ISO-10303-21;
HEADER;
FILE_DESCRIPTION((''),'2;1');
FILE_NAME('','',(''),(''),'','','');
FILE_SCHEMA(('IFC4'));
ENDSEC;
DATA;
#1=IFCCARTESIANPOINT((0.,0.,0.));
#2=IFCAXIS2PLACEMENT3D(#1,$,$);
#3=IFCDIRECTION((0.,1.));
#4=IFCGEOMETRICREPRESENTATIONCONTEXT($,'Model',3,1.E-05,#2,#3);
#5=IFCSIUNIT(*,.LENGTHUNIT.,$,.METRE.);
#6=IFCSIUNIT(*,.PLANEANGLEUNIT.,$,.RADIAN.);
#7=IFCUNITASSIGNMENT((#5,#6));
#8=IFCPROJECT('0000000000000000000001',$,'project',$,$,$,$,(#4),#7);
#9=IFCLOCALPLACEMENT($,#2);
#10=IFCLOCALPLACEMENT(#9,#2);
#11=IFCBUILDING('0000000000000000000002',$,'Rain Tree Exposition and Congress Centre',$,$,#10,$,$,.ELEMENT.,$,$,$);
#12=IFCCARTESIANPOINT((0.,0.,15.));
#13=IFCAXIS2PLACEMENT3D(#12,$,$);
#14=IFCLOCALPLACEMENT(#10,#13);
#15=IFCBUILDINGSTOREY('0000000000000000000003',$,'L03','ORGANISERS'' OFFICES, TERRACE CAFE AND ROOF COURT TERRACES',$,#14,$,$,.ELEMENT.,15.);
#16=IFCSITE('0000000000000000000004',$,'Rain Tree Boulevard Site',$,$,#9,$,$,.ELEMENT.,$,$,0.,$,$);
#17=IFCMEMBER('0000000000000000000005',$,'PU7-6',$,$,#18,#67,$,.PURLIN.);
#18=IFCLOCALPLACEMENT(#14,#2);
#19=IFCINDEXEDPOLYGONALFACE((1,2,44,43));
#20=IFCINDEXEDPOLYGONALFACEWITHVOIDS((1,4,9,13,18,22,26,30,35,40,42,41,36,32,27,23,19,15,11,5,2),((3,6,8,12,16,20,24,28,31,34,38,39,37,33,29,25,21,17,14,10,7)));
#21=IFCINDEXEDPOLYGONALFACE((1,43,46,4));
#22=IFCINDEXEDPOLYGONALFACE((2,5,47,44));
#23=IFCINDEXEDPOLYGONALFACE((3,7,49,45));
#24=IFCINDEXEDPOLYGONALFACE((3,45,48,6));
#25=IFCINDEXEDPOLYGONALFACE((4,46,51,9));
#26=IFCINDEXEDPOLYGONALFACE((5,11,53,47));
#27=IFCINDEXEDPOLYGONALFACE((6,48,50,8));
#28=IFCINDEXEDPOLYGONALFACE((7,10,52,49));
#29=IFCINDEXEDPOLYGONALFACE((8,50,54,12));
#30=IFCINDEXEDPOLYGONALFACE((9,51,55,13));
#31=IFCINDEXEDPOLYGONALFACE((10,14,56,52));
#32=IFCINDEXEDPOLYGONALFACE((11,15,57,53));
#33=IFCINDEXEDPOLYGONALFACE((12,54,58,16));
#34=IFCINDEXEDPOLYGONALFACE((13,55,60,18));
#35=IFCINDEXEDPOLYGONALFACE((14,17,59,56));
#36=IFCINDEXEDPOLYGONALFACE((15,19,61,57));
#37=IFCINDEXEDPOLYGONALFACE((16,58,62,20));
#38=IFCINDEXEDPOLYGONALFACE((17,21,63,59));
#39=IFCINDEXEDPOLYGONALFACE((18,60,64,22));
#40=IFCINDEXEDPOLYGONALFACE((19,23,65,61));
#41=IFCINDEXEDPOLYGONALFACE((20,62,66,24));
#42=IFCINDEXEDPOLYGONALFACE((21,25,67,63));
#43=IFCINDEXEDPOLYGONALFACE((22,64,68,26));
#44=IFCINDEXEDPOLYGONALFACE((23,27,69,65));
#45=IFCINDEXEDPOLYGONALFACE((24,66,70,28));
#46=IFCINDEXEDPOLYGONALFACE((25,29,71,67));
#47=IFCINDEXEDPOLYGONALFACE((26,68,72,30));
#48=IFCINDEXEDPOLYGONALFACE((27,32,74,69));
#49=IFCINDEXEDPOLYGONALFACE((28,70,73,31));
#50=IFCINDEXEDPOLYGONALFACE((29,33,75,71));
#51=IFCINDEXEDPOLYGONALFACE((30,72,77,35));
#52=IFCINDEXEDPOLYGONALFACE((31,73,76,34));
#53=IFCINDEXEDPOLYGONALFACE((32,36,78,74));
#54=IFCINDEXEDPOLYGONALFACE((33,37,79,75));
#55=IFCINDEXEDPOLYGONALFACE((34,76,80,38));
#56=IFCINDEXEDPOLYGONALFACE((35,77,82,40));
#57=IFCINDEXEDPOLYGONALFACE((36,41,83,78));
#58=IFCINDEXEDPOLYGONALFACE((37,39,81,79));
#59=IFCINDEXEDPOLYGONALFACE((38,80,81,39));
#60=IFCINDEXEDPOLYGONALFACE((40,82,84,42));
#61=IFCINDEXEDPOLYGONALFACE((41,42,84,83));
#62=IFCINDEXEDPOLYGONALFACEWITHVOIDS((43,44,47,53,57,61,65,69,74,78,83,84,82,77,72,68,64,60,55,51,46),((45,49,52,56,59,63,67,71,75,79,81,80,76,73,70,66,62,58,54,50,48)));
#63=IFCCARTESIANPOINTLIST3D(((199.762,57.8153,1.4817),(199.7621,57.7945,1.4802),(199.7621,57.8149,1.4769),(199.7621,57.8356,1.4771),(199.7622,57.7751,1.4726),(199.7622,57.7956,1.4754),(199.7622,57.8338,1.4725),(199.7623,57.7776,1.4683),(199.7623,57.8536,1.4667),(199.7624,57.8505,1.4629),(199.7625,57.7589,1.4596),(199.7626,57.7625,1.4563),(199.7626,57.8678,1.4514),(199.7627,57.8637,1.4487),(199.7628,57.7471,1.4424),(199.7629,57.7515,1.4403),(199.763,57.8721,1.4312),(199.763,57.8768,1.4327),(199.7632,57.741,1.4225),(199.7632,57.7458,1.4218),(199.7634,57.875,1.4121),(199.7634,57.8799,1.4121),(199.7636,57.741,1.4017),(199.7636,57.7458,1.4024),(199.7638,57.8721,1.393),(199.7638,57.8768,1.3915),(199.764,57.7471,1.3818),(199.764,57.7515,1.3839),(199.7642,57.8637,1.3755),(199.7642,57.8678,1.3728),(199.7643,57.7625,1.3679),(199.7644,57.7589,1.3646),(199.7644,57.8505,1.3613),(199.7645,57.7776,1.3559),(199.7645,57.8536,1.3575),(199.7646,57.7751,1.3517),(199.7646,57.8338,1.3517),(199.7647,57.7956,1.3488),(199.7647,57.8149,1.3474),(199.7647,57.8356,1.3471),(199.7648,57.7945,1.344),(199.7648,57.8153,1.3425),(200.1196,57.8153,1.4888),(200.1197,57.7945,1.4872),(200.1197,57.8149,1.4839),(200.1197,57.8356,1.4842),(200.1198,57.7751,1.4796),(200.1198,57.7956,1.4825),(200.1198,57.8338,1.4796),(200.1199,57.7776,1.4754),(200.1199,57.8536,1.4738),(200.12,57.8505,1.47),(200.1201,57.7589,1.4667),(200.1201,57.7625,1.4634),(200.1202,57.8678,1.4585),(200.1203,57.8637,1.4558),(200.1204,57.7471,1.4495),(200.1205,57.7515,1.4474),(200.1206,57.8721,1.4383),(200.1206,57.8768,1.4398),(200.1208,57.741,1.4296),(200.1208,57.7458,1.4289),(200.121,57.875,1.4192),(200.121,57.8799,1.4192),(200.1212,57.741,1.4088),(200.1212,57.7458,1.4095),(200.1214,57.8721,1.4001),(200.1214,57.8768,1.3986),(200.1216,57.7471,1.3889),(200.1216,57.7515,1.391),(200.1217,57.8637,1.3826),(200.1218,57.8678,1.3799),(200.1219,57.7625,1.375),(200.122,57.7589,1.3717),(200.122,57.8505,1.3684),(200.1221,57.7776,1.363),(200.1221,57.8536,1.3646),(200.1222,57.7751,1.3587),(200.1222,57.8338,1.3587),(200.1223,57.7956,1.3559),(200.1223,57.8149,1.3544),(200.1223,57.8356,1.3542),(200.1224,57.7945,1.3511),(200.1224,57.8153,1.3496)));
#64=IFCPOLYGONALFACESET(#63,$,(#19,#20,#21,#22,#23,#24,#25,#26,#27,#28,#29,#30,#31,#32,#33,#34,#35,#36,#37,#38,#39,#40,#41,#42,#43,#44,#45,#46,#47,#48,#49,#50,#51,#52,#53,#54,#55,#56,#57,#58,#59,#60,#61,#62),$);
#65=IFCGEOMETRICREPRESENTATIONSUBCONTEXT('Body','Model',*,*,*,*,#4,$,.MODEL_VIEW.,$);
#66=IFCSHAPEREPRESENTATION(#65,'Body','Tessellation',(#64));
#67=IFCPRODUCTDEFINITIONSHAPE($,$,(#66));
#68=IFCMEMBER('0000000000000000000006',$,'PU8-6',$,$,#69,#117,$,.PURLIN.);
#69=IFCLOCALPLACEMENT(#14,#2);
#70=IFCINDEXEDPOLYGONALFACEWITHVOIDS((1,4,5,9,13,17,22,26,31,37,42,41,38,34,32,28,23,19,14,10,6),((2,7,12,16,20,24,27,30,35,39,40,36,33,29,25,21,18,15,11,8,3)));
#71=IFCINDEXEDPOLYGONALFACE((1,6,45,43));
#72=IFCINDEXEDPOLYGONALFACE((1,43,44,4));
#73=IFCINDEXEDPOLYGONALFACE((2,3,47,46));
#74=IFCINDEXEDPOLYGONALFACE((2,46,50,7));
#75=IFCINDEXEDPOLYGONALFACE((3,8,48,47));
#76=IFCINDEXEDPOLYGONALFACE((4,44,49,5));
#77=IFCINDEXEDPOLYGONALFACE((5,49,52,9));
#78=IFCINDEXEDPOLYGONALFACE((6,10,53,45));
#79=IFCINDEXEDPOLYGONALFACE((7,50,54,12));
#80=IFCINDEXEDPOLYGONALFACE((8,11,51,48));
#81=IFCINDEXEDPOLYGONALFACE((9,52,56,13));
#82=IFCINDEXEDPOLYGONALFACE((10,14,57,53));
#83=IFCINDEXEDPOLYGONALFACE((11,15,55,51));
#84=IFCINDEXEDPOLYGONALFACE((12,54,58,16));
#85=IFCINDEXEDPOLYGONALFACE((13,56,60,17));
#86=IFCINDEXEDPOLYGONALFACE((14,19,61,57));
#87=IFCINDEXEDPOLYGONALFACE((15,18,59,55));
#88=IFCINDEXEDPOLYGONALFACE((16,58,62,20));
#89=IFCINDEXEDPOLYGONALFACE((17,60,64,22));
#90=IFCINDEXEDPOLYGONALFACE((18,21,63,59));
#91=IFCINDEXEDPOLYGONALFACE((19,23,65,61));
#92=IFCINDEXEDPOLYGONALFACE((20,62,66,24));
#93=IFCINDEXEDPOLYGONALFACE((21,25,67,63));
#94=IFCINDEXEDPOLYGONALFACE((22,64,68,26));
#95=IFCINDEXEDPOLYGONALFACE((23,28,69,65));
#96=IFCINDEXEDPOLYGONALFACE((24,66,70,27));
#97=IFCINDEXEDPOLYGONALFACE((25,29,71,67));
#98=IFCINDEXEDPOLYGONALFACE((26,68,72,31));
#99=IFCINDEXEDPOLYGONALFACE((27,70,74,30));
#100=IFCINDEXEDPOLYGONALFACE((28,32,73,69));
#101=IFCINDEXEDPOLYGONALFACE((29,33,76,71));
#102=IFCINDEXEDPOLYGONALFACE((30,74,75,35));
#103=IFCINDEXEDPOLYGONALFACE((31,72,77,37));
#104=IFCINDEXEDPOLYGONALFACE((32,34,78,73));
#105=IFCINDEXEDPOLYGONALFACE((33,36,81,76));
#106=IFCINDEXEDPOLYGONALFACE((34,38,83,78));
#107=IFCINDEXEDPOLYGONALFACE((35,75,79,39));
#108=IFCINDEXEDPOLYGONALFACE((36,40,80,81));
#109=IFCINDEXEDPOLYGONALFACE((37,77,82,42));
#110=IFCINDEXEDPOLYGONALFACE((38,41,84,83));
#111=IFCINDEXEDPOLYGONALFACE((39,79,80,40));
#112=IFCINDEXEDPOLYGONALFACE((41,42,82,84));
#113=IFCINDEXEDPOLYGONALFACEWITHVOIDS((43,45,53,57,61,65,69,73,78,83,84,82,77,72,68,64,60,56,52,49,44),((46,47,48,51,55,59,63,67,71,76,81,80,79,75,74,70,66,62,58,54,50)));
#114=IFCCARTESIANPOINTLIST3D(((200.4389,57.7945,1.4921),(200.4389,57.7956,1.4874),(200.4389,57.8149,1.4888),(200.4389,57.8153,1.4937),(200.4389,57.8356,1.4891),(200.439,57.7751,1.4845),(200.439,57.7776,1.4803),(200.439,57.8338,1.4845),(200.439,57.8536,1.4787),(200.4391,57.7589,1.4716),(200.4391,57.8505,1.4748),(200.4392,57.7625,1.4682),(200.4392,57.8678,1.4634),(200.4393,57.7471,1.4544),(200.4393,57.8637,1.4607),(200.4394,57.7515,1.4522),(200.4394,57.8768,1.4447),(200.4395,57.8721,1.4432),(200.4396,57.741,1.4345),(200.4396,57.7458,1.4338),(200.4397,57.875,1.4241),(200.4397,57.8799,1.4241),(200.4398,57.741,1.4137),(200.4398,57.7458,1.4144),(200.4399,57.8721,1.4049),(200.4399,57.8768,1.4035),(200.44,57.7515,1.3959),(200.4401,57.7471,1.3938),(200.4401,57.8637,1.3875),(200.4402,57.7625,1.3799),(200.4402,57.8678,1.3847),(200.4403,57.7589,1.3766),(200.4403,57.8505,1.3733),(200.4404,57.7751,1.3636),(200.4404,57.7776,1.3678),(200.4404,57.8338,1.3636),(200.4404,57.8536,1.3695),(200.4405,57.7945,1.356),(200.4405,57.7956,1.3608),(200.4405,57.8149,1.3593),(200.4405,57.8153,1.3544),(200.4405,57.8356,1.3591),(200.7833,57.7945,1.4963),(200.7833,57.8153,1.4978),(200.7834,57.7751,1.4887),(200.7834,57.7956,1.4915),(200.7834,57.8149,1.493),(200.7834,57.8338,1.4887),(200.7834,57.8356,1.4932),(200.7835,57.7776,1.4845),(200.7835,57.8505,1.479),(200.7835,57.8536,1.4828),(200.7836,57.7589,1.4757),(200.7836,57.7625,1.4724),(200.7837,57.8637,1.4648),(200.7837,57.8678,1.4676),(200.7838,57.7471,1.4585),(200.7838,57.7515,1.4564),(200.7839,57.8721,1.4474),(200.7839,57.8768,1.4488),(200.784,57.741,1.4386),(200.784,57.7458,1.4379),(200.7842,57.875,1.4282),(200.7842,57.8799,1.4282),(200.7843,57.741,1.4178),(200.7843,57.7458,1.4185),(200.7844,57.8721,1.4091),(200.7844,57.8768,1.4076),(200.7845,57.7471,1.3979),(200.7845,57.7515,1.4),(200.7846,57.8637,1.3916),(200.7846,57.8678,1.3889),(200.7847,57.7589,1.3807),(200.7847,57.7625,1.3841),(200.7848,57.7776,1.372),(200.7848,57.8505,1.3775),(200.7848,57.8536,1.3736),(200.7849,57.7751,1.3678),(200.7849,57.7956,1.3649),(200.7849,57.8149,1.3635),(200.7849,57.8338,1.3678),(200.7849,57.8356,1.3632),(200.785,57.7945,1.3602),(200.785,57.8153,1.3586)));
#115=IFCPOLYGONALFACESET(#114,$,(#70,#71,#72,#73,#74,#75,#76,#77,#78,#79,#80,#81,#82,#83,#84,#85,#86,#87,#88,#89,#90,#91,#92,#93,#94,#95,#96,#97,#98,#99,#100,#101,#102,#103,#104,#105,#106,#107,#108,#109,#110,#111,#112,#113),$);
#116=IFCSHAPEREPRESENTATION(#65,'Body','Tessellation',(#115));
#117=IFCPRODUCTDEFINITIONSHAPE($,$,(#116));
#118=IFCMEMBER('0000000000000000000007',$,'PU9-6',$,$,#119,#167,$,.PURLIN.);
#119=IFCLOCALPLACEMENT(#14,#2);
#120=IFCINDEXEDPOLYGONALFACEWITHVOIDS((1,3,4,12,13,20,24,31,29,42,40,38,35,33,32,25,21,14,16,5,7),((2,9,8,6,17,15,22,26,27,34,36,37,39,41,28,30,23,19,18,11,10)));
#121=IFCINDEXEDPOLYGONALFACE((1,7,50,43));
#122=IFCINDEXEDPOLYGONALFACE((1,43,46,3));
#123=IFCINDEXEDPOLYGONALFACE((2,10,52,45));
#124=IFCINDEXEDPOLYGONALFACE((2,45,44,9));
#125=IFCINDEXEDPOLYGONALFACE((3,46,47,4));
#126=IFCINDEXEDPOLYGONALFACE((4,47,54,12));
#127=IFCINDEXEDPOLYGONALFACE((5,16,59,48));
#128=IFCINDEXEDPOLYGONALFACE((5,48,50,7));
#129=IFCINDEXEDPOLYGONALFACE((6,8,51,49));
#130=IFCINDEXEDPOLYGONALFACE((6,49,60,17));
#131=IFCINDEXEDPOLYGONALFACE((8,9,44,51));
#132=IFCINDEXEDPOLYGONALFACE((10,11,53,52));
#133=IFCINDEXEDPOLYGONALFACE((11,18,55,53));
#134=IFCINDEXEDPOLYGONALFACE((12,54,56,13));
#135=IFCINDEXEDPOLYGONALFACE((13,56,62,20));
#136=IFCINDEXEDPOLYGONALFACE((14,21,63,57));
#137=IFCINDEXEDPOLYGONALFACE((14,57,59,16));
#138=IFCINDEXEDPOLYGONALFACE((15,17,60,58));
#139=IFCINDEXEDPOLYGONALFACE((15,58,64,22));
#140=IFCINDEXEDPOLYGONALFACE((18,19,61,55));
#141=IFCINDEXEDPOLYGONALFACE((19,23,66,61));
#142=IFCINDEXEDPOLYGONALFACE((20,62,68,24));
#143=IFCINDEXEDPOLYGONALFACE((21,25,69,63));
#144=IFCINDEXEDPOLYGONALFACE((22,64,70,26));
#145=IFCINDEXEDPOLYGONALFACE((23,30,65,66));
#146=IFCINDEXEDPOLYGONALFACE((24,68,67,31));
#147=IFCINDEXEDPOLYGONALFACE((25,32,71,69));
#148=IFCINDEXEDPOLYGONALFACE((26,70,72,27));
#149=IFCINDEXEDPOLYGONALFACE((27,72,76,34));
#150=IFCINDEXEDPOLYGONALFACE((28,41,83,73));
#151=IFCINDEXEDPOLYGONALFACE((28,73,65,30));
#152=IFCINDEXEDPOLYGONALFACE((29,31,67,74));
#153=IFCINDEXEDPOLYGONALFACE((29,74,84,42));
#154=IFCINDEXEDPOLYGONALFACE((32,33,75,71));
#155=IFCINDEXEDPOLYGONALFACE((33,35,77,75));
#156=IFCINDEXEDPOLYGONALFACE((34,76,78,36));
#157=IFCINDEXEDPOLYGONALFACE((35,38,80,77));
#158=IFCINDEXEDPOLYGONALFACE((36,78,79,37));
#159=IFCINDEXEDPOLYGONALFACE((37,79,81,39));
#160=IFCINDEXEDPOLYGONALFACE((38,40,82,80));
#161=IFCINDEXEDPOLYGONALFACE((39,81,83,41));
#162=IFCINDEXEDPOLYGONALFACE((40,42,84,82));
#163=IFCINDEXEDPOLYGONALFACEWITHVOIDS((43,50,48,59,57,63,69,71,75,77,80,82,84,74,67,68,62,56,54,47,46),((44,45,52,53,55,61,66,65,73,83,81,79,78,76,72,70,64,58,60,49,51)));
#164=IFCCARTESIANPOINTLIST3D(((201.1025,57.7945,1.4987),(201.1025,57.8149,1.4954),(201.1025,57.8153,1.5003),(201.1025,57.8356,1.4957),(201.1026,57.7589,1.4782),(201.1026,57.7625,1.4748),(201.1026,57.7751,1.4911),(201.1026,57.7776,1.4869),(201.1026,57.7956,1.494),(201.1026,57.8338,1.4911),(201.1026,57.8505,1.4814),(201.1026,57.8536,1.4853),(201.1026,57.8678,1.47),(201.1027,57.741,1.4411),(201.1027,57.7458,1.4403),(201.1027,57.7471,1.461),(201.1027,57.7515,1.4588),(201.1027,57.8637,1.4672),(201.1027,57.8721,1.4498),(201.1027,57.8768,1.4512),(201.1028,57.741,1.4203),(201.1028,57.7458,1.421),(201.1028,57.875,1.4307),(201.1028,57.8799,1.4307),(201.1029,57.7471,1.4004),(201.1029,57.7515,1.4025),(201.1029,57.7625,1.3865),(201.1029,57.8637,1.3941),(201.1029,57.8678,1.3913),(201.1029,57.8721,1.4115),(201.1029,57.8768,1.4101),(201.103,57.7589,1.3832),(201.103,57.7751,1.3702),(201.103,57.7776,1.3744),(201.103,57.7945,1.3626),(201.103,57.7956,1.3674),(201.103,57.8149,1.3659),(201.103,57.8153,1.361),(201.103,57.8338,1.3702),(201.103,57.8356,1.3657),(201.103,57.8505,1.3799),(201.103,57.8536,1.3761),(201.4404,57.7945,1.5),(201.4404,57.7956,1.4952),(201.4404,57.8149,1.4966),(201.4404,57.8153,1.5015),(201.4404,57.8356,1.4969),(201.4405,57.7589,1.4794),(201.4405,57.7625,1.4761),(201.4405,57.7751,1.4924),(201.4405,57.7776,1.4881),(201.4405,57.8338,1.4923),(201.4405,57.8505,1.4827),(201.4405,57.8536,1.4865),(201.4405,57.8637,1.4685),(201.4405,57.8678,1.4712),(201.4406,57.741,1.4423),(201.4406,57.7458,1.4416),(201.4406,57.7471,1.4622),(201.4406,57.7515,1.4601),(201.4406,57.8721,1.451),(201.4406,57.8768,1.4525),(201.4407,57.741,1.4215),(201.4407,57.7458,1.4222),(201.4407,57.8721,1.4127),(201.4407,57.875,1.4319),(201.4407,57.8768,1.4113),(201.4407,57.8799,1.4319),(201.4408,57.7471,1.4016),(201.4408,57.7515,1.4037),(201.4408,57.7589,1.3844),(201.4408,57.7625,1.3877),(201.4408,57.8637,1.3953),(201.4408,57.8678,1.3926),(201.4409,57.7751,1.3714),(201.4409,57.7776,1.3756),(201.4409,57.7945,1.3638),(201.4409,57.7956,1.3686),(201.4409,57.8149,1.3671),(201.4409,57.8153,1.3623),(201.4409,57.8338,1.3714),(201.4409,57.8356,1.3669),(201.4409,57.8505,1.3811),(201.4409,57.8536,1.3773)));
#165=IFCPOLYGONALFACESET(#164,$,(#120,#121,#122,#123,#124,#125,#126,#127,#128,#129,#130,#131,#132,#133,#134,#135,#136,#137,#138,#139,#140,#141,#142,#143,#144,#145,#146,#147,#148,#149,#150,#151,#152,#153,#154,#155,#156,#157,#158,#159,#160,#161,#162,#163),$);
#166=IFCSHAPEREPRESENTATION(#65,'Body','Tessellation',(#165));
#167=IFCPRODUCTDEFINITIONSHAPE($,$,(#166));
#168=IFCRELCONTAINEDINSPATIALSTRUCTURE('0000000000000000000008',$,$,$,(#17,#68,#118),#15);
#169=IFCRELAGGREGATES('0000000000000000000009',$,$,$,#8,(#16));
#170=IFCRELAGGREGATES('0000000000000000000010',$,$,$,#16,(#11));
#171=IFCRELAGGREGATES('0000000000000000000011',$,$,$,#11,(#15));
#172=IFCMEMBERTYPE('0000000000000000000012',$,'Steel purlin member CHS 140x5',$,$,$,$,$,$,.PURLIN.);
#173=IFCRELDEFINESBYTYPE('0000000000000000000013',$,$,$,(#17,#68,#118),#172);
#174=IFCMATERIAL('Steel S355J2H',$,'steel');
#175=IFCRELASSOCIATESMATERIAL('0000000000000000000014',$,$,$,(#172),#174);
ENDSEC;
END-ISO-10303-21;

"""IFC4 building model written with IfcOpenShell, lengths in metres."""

from ifc_helpers import new_model, si_unit, direction, frame, origin, origin_2d, place, context, subcontext, project, spatial, hollow_circle, extrude, material, material_profile, profile_set, type_object, element, save


model = new_model("IFC4")

# Units and contexts
model_context = context("Model", 3, precision=1e-05, world=origin(), true_north=direction((0.0, 1.0)))
body_context = subcontext(model_context, "Body", "Model", "MODEL_VIEW")
ifc_project = project(units=[si_unit("LENGTHUNIT", "METRE"), si_unit("PLANEANGLEUNIT", "RADIAN")], contexts=[model_context])

# Site, building, storey
site_placement = place(None, origin())
site = spatial("IfcSite", under=ifc_project, at=site_placement, Name="Rain Tree Boulevard Site", CompositionType="ELEMENT", RefElevation=0.0)
building_placement = place(site_placement, origin())
building = spatial("IfcBuilding", under=site, at=building_placement, Name="Rain Tree Exposition and Congress Centre", CompositionType="ELEMENT")
storey_placement = place(building_placement, frame((0.0, 0.0, 15.0)))
storey = spatial("IfcBuildingStorey", under=building, at=storey_placement, Name="L03", Description="ORGANISERS' OFFICES, TERRACE CAFE AND ROOF COURT TERRACES", CompositionType="ELEMENT", Elevation=15.0)

# Members
ifc_material_1 = material(Name="Steel S355J2H", Category="steel")
ifc_material_profile = material_profile(ifc_material_1, hollow_circle(Radius=0.0698, WallThickness=0.0049, at=origin_2d()), Name="CHS 140x5")
ifc_profile_set = profile_set([ifc_material_profile], Name="Steel S355J2H")
member_type = type_object("IfcMemberType", Name="Steel purlin member CHS 140x5", PredefinedType="PURLIN", material=ifc_profile_set)
member_1_placement = place(storey_placement, frame((199.7634, 57.8101, 1.4121), z_axis=(0.999804, 0.0, 0.019791), x_axis=(0.0, 1.0, 0.0)))
element("IfcMember", 1, at=member_1_placement, inside=storey, type_object=member_type, Name="PU7-6", PredefinedType="PURLIN", context=body_context, shape_type="SweptSolid", body=[
    extrude(hollow_circle(Radius=0.0698, WallThickness=0.0049, at=origin_2d()), origin(), (0.0, 0.0, 1.0), 0.3577),
])
member_2_placement = place(storey_placement, frame((200.4397, 57.8101, 1.4241), z_axis=(0.999927, 0.0, 0.012047), x_axis=(0.0, 1.0, 0.0)))
element("IfcMember", 2, at=member_2_placement, inside=storey, type_object=member_type, Name="PU8-6", PredefinedType="PURLIN", context=body_context, shape_type="SweptSolid", body=[
    extrude(hollow_circle(Radius=0.0698, WallThickness=0.0049, at=origin_2d()), origin(), (0.0, 0.0, 1.0), 0.3445),
])
member_3_placement = place(storey_placement, frame((201.1028, 57.8101, 1.4307), z_axis=(0.999993, 0.0, 0.003613), x_axis=(0.0, 1.0, 0.0)))
element("IfcMember", 3, at=member_3_placement, inside=storey, type_object=member_type, Name="PU9-6", PredefinedType="PURLIN", context=body_context, shape_type="SweptSolid", body=[
    extrude(hollow_circle(Radius=0.0698, WallThickness=0.0049, at=origin_2d()), origin(), (0.0, 0.0, 1.0), 0.3379),
])

save(model, "model.ifc")
